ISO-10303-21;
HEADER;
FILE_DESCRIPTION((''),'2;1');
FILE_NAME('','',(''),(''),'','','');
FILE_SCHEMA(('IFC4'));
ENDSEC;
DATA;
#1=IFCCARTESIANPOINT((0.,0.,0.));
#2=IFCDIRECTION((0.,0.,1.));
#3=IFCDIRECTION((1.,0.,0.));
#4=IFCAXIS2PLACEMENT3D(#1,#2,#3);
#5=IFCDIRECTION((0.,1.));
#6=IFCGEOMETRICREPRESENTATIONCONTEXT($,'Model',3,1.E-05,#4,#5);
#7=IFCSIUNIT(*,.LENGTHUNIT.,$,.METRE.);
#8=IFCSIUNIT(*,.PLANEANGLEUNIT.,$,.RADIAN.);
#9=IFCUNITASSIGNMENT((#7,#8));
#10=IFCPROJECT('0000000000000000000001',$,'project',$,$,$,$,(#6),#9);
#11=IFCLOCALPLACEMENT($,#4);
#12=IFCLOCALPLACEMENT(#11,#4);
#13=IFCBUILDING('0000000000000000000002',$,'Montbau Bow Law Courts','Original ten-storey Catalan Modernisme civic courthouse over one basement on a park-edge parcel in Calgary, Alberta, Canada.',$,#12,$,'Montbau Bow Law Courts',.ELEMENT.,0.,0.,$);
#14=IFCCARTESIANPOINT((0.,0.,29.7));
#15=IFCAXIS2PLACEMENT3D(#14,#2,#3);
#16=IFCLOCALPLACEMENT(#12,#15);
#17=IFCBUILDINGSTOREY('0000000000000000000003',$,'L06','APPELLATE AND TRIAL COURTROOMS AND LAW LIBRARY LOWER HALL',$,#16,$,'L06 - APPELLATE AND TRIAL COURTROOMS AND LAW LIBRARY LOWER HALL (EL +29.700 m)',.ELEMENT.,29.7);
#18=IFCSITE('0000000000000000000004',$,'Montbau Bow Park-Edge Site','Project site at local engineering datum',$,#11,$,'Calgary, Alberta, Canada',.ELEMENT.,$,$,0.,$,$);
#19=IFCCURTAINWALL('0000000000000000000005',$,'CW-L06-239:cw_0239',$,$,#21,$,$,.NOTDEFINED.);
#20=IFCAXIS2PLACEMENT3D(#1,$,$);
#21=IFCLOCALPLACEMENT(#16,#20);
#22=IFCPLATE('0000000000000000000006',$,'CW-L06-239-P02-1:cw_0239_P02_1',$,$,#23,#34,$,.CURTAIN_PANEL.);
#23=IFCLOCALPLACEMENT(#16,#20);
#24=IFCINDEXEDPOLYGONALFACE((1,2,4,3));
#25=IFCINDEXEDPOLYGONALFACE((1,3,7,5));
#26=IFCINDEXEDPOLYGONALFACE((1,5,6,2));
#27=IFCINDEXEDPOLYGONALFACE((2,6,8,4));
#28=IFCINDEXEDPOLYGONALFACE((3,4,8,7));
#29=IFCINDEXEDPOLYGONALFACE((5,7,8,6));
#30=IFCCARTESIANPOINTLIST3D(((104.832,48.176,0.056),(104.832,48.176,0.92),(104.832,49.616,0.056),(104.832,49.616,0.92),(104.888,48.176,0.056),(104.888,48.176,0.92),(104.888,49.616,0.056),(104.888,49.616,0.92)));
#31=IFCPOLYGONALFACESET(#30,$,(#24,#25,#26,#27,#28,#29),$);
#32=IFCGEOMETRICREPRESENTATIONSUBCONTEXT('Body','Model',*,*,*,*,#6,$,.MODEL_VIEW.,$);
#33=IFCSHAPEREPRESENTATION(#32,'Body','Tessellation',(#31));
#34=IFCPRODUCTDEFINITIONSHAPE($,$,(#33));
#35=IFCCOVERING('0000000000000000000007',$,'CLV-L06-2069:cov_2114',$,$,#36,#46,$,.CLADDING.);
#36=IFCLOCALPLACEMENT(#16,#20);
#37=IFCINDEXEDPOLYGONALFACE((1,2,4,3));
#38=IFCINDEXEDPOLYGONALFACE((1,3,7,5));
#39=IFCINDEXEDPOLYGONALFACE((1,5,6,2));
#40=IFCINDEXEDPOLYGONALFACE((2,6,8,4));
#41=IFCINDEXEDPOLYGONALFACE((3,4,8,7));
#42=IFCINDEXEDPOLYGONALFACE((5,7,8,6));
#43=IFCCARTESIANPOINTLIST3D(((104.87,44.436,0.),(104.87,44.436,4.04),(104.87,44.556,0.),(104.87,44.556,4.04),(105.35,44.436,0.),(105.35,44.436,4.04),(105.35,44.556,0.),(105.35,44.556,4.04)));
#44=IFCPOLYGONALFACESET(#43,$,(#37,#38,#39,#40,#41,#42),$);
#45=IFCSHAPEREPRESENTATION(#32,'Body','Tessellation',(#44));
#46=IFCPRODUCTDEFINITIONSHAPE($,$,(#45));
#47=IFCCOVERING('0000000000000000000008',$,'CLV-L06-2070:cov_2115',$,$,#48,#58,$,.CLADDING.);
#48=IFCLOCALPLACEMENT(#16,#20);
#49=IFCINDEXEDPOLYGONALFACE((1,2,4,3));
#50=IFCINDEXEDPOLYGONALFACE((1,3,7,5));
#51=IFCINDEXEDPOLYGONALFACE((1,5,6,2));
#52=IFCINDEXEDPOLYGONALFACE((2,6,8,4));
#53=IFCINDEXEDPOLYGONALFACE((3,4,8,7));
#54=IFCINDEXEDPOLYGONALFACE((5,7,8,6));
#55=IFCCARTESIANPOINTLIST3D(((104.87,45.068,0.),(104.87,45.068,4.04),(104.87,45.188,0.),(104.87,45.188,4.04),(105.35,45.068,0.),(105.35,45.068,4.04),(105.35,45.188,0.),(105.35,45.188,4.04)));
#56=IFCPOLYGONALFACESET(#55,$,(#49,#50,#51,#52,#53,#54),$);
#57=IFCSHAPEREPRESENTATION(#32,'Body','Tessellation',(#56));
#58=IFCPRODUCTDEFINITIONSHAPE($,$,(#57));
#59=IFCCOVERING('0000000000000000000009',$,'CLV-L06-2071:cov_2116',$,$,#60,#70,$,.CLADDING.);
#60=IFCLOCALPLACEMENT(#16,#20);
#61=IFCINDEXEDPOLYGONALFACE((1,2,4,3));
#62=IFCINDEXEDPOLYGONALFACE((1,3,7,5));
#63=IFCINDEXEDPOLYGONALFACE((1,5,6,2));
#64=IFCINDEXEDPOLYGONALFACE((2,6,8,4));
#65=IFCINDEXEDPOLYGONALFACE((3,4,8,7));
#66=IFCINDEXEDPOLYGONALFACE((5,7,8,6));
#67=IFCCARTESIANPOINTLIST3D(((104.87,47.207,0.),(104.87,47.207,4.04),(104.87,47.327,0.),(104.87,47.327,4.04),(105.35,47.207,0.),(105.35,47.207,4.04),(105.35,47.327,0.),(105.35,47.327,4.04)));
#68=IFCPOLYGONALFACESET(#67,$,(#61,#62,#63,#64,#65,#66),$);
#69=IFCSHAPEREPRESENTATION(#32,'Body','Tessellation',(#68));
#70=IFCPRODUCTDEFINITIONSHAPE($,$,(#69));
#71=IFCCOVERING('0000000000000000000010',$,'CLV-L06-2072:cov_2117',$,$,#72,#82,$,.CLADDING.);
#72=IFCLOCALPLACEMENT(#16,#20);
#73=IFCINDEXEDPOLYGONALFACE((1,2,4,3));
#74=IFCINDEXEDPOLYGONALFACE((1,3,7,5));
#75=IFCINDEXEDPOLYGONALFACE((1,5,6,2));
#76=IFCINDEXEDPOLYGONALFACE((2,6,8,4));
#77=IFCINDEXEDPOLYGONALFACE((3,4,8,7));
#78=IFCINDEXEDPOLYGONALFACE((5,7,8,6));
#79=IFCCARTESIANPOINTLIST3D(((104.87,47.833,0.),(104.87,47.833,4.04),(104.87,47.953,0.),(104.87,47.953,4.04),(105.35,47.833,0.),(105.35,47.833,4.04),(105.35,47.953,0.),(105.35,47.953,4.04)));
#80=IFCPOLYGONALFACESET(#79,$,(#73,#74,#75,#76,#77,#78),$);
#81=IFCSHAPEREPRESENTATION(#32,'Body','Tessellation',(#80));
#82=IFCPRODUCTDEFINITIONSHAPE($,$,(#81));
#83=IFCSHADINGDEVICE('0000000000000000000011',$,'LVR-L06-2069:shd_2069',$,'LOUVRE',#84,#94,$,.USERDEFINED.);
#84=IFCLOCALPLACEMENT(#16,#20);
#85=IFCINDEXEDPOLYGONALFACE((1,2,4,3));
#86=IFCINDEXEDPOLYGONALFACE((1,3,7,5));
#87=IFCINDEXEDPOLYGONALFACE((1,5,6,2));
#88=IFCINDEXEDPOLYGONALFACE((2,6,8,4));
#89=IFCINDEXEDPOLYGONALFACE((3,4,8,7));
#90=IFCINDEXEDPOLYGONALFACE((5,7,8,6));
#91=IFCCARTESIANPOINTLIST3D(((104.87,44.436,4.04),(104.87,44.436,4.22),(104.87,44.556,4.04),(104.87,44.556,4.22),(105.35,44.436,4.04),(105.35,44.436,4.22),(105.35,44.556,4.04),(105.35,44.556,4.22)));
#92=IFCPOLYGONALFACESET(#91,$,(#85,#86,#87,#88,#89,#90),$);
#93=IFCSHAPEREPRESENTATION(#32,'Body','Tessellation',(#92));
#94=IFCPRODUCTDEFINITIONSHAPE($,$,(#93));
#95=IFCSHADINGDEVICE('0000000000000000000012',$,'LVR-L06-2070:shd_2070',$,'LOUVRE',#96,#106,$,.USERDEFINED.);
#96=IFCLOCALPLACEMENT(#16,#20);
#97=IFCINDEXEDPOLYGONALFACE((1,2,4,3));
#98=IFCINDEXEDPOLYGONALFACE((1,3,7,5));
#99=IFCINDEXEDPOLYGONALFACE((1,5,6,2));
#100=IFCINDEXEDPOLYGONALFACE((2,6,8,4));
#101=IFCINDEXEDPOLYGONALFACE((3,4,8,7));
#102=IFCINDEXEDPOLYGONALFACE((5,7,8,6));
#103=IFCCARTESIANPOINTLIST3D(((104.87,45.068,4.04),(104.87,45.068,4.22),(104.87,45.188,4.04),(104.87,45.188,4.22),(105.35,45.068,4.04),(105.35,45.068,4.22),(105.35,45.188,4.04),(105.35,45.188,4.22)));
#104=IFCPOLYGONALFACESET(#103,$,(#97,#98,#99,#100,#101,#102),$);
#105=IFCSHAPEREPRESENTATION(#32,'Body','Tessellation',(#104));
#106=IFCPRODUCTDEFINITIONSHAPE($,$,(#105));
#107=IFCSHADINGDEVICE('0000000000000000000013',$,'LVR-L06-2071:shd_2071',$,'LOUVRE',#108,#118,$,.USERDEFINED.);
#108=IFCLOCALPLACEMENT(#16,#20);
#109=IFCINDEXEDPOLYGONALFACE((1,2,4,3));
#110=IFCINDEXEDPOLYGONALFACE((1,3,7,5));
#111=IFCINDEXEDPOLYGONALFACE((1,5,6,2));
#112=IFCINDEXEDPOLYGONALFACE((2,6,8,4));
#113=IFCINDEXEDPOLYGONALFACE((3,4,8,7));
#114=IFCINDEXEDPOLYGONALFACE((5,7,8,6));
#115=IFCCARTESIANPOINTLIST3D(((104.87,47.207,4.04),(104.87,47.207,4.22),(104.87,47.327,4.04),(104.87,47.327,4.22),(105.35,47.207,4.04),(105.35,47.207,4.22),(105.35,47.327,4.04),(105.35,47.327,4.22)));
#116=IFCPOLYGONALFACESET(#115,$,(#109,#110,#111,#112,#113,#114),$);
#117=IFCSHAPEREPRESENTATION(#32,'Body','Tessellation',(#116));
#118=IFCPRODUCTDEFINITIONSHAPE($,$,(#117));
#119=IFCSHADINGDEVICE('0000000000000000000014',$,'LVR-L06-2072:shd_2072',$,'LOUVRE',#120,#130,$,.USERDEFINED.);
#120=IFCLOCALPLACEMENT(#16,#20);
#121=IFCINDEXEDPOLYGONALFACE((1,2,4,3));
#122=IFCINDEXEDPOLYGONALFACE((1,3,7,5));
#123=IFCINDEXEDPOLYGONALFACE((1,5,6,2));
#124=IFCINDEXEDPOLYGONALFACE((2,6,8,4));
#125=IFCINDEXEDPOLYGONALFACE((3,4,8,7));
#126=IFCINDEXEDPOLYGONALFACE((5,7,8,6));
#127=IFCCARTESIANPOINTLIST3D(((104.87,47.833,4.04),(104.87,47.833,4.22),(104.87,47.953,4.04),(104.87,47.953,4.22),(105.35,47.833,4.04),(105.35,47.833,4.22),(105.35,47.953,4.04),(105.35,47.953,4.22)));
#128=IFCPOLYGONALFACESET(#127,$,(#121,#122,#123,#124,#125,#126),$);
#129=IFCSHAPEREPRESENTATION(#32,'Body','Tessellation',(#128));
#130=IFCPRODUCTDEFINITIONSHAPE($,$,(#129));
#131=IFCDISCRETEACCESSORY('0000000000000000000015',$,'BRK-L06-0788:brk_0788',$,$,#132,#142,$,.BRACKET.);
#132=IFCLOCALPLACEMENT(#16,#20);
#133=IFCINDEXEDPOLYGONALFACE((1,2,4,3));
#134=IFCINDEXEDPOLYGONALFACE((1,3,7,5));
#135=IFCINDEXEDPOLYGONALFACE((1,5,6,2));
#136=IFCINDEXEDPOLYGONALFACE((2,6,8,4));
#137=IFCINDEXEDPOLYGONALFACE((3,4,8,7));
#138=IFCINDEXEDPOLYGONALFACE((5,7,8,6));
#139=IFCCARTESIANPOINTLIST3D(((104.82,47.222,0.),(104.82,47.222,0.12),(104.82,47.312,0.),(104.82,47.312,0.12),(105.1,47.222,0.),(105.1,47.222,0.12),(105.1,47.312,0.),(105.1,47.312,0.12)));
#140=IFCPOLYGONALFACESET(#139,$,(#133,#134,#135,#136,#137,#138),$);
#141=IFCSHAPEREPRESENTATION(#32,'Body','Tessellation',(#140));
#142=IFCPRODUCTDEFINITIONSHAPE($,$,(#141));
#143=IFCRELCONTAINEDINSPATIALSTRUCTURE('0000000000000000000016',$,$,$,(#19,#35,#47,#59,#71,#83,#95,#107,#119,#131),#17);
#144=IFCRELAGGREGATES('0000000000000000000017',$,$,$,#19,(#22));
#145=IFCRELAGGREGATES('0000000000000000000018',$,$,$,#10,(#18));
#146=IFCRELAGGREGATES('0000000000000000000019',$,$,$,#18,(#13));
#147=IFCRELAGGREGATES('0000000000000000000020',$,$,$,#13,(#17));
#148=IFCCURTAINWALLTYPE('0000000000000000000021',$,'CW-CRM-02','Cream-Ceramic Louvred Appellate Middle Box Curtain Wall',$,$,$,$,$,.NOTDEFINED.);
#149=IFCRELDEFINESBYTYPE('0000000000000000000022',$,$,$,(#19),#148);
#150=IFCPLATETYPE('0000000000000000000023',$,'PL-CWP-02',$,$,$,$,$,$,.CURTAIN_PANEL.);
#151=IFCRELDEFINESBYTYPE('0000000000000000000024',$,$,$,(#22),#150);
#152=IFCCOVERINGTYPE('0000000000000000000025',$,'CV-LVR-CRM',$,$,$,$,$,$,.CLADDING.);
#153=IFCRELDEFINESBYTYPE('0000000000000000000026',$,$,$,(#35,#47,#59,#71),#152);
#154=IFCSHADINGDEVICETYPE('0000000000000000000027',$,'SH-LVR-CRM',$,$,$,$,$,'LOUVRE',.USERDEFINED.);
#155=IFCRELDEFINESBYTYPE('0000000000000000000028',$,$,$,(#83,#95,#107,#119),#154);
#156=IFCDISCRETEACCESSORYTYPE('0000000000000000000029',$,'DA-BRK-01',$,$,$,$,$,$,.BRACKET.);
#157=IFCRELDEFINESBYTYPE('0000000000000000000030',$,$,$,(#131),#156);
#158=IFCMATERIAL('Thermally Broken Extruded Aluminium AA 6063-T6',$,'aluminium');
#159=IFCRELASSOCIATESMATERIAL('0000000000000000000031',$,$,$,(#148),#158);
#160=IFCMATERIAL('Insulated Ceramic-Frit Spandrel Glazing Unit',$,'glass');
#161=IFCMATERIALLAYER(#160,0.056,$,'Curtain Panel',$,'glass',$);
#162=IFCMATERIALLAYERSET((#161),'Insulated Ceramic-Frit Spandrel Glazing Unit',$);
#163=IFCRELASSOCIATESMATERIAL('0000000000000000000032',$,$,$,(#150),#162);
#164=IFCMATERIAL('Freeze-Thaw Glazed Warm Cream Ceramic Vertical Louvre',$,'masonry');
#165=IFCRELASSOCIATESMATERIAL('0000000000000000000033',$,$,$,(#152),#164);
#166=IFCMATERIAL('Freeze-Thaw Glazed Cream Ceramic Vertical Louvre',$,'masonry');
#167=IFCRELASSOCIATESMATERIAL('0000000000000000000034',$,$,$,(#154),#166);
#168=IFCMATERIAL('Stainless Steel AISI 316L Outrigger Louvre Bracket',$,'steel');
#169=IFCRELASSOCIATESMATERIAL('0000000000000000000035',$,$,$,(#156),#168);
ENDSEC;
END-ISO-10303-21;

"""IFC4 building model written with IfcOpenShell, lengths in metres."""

from ifc_helpers import new_model, si_unit, direction, frame, frame_2d, origin_with_axes, origin_2d_with_axis, place, context, subcontext, project, spatial, rectangle, extrude, material, layer, layer_set, type_object, element, aggregate, save


model = new_model("IFC4")

# Units and contexts
model_context = context("Model", 3, precision=1e-05, world=origin_with_axes(), true_north=direction((0.0, 1.0)))
body_context = subcontext(model_context, "Body", "Model", "MODEL_VIEW")
ifc_project = project(units=[si_unit("LENGTHUNIT", "METRE"), si_unit("PLANEANGLEUNIT", "RADIAN")], contexts=[model_context])

# Site, building, storey
site_placement = place(None, origin_with_axes())
site = spatial("IfcSite", under=ifc_project, at=site_placement, Name="Montbau Bow Park-Edge Site", Description="Project site at local engineering datum", LongName="Calgary, Alberta, Canada", CompositionType="ELEMENT", RefElevation=0.0)
building_placement = place(site_placement, origin_with_axes())
building = spatial("IfcBuilding", under=site, at=building_placement, Name="Montbau Bow Law Courts", Description="Original ten-storey Catalan Modernisme civic courthouse over one basement on a park-edge parcel in Calgary, Alberta, Canada.", LongName="Montbau Bow Law Courts", CompositionType="ELEMENT", ElevationOfRefHeight=0.0, ElevationOfTerrain=0.0)
storey_placement = place(building_placement, frame((0.0, 0.0, 29.7), z_axis=(0.0, 0.0, 1.0), x_axis=(1.0, 0.0, 0.0)))
storey = spatial("IfcBuildingStorey", under=building, at=storey_placement, Name="L06", Description="APPELLATE AND TRIAL COURTROOMS AND LAW LIBRARY LOWER HALL", LongName="L06 - APPELLATE AND TRIAL COURTROOMS AND LAW LIBRARY LOWER HALL (EL +29.700 m)", CompositionType="ELEMENT", Elevation=29.7)

# Shared definitions
ifc_material_1 = material(Name="Thermally Broken Extruded Aluminium AA 6063-T6", Category="aluminium")
curtain_wall_type = type_object("IfcCurtainWallType", Name="CW-CRM-02", Description="Cream-Ceramic Louvred Appellate Middle Box Curtain Wall", PredefinedType="NOTDEFINED", material=ifc_material_1)

# Curtain wall
curtain_wall_1_placement = place(None, frame((104.86, 46.64, 29.7), z_axis=(0.0, 0.0, 1.0), x_axis=(1.0, 0.0, 0.0)))
curtain_wall_1 = element("IfcCurtainWall", 1, at=curtain_wall_1_placement, inside=storey, type_object=curtain_wall_type, Name="CW-L06-239:cw_0239", PredefinedType="NOTDEFINED")

# Plate
ifc_material_2 = material(Name="Insulated Ceramic-Frit Spandrel Glazing Unit", Category="glass")
ifc_layer_1 = layer(ifc_material_2, 0.056, Name="Curtain Panel", Category="glass")
ifc_layer_set_1 = layer_set([ifc_layer_1], Name="Insulated Ceramic-Frit Spandrel Glazing Unit")
plate_type_1 = type_object("IfcPlateType", Name="PL-CWP-02", PredefinedType="CURTAIN_PANEL", material=ifc_layer_set_1)
plate_1_placement = place(None, frame((104.86, 48.176, 29.756), z_axis=(1.0, 0.0, 0.0), x_axis=(0.0, 1.0, 0.0)))
plate_1 = element("IfcPlate", 2, at=plate_1_placement, type_object=plate_type_1, Name="CW-L06-239-P02-1:cw_0239_P02_1", PredefinedType="CURTAIN_PANEL", context=body_context, shape_type="SweptSolid", body=[
    extrude(rectangle(XDim=1.44, YDim=0.864, at=frame_2d((0.72, 0.432), x_axis=(1.0, 0.0))), frame((0.0, 0.0, -0.028), z_axis=(0.0, 0.0, 1.0), x_axis=(1.0, 0.0, 0.0)), (0.0, 0.0, 1.0), 0.056),
])
aggregate(curtain_wall_1, [plate_1])

# Coverings
ifc_material_3 = material(Name="Freeze-Thaw Glazed Warm Cream Ceramic Vertical Louvre", Category="masonry")
covering_type = type_object("IfcCoveringType", Name="CV-LVR-CRM", PredefinedType="CLADDING", material=ifc_material_3)
for number, where, z_axis, x_axis, name in (
    (3, (104.87, 44.496, 29.7), (0.0, -1.0, 0.0), (1.0, 0.0, 0.0), "CLV-L06-2069:cov_2114"),
    (4, (104.87, 45.128, 29.7), (0.0, -1.0, 0.0), (1.0, 0.0, 0.0), "CLV-L06-2070:cov_2115"),
    (5, (104.87, 47.267, 29.7), (0.0, -1.0, 0.0), (1.0, 0.0, 0.0), "CLV-L06-2071:cov_2116"),
    (6, (104.87, 47.893, 29.7), (0.0, -1.0, 0.0), (1.0, 0.0, 0.0), "CLV-L06-2072:cov_2117"),
):
    element("IfcCovering", number, at=place(None, frame(where, z_axis=z_axis, x_axis=x_axis)), inside=storey, type_object=covering_type, Name=name, PredefinedType="CLADDING", context=body_context, shape_type="SweptSolid", body=[
        extrude(rectangle(XDim=0.48, YDim=4.04, at=frame_2d((0.24, 2.02), x_axis=(1.0, 0.0))), frame((0.0, 0.0, -0.06), z_axis=(0.0, 0.0, 1.0), x_axis=(1.0, 0.0, 0.0)), (0.0, 0.0, 1.0), 0.12),
    ])

# Shading devices
ifc_material_4 = material(Name="Freeze-Thaw Glazed Cream Ceramic Vertical Louvre", Category="masonry")
shading_device_type = type_object("IfcShadingDeviceType", Name="SH-LVR-CRM", ElementType="LOUVRE", PredefinedType="USERDEFINED", material=ifc_material_4)
for number, where, z_axis, x_axis, name in (
    (7, (105.11, 44.496, 33.74), (0.0, 0.0, 1.0), (1.0, 0.0, 0.0), "LVR-L06-2069:shd_2069"),
    (8, (105.11, 45.128, 33.74), (0.0, 0.0, 1.0), (1.0, 0.0, 0.0), "LVR-L06-2070:shd_2070"),
    (9, (105.11, 47.267, 33.74), (0.0, 0.0, 1.0), (1.0, 0.0, 0.0), "LVR-L06-2071:shd_2071"),
    (10, (105.11, 47.893, 33.74), (0.0, 0.0, 1.0), (1.0, 0.0, 0.0), "LVR-L06-2072:shd_2072"),
):
    element("IfcShadingDevice", number, at=place(None, frame(where, z_axis=z_axis, x_axis=x_axis)), inside=storey, type_object=shading_device_type, Name=name, ObjectType="LOUVRE", PredefinedType="USERDEFINED", context=body_context, shape_type="SweptSolid", body=[
        extrude(rectangle(XDim=0.48, YDim=0.12, at=origin_2d_with_axis()), origin_with_axes(), (0.0, 0.0, 1.0), 0.18),
    ])

# Discrete accessory
ifc_material_5 = material(Name="Stainless Steel AISI 316L Outrigger Louvre Bracket", Category="steel")
discrete_accessory_type = type_object("IfcDiscreteAccessoryType", Name="DA-BRK-01", PredefinedType="BRACKET", material=ifc_material_5)
discrete_accessory_placement = place(None, frame((104.96, 47.267, 29.7), z_axis=(0.0, 0.0, 1.0), x_axis=(1.0, 0.0, 0.0)))
element("IfcDiscreteAccessory", 11, at=discrete_accessory_placement, inside=storey, type_object=discrete_accessory_type, Name="BRK-L06-0788:brk_0788", PredefinedType="BRACKET", context=body_context, shape_type="SweptSolid", body=[
    extrude(rectangle(XDim=0.28, YDim=0.09, at=origin_2d_with_axis()), origin_with_axes(), (0.0, 0.0, 1.0), 0.12),
])

save(model, "model.ifc")
